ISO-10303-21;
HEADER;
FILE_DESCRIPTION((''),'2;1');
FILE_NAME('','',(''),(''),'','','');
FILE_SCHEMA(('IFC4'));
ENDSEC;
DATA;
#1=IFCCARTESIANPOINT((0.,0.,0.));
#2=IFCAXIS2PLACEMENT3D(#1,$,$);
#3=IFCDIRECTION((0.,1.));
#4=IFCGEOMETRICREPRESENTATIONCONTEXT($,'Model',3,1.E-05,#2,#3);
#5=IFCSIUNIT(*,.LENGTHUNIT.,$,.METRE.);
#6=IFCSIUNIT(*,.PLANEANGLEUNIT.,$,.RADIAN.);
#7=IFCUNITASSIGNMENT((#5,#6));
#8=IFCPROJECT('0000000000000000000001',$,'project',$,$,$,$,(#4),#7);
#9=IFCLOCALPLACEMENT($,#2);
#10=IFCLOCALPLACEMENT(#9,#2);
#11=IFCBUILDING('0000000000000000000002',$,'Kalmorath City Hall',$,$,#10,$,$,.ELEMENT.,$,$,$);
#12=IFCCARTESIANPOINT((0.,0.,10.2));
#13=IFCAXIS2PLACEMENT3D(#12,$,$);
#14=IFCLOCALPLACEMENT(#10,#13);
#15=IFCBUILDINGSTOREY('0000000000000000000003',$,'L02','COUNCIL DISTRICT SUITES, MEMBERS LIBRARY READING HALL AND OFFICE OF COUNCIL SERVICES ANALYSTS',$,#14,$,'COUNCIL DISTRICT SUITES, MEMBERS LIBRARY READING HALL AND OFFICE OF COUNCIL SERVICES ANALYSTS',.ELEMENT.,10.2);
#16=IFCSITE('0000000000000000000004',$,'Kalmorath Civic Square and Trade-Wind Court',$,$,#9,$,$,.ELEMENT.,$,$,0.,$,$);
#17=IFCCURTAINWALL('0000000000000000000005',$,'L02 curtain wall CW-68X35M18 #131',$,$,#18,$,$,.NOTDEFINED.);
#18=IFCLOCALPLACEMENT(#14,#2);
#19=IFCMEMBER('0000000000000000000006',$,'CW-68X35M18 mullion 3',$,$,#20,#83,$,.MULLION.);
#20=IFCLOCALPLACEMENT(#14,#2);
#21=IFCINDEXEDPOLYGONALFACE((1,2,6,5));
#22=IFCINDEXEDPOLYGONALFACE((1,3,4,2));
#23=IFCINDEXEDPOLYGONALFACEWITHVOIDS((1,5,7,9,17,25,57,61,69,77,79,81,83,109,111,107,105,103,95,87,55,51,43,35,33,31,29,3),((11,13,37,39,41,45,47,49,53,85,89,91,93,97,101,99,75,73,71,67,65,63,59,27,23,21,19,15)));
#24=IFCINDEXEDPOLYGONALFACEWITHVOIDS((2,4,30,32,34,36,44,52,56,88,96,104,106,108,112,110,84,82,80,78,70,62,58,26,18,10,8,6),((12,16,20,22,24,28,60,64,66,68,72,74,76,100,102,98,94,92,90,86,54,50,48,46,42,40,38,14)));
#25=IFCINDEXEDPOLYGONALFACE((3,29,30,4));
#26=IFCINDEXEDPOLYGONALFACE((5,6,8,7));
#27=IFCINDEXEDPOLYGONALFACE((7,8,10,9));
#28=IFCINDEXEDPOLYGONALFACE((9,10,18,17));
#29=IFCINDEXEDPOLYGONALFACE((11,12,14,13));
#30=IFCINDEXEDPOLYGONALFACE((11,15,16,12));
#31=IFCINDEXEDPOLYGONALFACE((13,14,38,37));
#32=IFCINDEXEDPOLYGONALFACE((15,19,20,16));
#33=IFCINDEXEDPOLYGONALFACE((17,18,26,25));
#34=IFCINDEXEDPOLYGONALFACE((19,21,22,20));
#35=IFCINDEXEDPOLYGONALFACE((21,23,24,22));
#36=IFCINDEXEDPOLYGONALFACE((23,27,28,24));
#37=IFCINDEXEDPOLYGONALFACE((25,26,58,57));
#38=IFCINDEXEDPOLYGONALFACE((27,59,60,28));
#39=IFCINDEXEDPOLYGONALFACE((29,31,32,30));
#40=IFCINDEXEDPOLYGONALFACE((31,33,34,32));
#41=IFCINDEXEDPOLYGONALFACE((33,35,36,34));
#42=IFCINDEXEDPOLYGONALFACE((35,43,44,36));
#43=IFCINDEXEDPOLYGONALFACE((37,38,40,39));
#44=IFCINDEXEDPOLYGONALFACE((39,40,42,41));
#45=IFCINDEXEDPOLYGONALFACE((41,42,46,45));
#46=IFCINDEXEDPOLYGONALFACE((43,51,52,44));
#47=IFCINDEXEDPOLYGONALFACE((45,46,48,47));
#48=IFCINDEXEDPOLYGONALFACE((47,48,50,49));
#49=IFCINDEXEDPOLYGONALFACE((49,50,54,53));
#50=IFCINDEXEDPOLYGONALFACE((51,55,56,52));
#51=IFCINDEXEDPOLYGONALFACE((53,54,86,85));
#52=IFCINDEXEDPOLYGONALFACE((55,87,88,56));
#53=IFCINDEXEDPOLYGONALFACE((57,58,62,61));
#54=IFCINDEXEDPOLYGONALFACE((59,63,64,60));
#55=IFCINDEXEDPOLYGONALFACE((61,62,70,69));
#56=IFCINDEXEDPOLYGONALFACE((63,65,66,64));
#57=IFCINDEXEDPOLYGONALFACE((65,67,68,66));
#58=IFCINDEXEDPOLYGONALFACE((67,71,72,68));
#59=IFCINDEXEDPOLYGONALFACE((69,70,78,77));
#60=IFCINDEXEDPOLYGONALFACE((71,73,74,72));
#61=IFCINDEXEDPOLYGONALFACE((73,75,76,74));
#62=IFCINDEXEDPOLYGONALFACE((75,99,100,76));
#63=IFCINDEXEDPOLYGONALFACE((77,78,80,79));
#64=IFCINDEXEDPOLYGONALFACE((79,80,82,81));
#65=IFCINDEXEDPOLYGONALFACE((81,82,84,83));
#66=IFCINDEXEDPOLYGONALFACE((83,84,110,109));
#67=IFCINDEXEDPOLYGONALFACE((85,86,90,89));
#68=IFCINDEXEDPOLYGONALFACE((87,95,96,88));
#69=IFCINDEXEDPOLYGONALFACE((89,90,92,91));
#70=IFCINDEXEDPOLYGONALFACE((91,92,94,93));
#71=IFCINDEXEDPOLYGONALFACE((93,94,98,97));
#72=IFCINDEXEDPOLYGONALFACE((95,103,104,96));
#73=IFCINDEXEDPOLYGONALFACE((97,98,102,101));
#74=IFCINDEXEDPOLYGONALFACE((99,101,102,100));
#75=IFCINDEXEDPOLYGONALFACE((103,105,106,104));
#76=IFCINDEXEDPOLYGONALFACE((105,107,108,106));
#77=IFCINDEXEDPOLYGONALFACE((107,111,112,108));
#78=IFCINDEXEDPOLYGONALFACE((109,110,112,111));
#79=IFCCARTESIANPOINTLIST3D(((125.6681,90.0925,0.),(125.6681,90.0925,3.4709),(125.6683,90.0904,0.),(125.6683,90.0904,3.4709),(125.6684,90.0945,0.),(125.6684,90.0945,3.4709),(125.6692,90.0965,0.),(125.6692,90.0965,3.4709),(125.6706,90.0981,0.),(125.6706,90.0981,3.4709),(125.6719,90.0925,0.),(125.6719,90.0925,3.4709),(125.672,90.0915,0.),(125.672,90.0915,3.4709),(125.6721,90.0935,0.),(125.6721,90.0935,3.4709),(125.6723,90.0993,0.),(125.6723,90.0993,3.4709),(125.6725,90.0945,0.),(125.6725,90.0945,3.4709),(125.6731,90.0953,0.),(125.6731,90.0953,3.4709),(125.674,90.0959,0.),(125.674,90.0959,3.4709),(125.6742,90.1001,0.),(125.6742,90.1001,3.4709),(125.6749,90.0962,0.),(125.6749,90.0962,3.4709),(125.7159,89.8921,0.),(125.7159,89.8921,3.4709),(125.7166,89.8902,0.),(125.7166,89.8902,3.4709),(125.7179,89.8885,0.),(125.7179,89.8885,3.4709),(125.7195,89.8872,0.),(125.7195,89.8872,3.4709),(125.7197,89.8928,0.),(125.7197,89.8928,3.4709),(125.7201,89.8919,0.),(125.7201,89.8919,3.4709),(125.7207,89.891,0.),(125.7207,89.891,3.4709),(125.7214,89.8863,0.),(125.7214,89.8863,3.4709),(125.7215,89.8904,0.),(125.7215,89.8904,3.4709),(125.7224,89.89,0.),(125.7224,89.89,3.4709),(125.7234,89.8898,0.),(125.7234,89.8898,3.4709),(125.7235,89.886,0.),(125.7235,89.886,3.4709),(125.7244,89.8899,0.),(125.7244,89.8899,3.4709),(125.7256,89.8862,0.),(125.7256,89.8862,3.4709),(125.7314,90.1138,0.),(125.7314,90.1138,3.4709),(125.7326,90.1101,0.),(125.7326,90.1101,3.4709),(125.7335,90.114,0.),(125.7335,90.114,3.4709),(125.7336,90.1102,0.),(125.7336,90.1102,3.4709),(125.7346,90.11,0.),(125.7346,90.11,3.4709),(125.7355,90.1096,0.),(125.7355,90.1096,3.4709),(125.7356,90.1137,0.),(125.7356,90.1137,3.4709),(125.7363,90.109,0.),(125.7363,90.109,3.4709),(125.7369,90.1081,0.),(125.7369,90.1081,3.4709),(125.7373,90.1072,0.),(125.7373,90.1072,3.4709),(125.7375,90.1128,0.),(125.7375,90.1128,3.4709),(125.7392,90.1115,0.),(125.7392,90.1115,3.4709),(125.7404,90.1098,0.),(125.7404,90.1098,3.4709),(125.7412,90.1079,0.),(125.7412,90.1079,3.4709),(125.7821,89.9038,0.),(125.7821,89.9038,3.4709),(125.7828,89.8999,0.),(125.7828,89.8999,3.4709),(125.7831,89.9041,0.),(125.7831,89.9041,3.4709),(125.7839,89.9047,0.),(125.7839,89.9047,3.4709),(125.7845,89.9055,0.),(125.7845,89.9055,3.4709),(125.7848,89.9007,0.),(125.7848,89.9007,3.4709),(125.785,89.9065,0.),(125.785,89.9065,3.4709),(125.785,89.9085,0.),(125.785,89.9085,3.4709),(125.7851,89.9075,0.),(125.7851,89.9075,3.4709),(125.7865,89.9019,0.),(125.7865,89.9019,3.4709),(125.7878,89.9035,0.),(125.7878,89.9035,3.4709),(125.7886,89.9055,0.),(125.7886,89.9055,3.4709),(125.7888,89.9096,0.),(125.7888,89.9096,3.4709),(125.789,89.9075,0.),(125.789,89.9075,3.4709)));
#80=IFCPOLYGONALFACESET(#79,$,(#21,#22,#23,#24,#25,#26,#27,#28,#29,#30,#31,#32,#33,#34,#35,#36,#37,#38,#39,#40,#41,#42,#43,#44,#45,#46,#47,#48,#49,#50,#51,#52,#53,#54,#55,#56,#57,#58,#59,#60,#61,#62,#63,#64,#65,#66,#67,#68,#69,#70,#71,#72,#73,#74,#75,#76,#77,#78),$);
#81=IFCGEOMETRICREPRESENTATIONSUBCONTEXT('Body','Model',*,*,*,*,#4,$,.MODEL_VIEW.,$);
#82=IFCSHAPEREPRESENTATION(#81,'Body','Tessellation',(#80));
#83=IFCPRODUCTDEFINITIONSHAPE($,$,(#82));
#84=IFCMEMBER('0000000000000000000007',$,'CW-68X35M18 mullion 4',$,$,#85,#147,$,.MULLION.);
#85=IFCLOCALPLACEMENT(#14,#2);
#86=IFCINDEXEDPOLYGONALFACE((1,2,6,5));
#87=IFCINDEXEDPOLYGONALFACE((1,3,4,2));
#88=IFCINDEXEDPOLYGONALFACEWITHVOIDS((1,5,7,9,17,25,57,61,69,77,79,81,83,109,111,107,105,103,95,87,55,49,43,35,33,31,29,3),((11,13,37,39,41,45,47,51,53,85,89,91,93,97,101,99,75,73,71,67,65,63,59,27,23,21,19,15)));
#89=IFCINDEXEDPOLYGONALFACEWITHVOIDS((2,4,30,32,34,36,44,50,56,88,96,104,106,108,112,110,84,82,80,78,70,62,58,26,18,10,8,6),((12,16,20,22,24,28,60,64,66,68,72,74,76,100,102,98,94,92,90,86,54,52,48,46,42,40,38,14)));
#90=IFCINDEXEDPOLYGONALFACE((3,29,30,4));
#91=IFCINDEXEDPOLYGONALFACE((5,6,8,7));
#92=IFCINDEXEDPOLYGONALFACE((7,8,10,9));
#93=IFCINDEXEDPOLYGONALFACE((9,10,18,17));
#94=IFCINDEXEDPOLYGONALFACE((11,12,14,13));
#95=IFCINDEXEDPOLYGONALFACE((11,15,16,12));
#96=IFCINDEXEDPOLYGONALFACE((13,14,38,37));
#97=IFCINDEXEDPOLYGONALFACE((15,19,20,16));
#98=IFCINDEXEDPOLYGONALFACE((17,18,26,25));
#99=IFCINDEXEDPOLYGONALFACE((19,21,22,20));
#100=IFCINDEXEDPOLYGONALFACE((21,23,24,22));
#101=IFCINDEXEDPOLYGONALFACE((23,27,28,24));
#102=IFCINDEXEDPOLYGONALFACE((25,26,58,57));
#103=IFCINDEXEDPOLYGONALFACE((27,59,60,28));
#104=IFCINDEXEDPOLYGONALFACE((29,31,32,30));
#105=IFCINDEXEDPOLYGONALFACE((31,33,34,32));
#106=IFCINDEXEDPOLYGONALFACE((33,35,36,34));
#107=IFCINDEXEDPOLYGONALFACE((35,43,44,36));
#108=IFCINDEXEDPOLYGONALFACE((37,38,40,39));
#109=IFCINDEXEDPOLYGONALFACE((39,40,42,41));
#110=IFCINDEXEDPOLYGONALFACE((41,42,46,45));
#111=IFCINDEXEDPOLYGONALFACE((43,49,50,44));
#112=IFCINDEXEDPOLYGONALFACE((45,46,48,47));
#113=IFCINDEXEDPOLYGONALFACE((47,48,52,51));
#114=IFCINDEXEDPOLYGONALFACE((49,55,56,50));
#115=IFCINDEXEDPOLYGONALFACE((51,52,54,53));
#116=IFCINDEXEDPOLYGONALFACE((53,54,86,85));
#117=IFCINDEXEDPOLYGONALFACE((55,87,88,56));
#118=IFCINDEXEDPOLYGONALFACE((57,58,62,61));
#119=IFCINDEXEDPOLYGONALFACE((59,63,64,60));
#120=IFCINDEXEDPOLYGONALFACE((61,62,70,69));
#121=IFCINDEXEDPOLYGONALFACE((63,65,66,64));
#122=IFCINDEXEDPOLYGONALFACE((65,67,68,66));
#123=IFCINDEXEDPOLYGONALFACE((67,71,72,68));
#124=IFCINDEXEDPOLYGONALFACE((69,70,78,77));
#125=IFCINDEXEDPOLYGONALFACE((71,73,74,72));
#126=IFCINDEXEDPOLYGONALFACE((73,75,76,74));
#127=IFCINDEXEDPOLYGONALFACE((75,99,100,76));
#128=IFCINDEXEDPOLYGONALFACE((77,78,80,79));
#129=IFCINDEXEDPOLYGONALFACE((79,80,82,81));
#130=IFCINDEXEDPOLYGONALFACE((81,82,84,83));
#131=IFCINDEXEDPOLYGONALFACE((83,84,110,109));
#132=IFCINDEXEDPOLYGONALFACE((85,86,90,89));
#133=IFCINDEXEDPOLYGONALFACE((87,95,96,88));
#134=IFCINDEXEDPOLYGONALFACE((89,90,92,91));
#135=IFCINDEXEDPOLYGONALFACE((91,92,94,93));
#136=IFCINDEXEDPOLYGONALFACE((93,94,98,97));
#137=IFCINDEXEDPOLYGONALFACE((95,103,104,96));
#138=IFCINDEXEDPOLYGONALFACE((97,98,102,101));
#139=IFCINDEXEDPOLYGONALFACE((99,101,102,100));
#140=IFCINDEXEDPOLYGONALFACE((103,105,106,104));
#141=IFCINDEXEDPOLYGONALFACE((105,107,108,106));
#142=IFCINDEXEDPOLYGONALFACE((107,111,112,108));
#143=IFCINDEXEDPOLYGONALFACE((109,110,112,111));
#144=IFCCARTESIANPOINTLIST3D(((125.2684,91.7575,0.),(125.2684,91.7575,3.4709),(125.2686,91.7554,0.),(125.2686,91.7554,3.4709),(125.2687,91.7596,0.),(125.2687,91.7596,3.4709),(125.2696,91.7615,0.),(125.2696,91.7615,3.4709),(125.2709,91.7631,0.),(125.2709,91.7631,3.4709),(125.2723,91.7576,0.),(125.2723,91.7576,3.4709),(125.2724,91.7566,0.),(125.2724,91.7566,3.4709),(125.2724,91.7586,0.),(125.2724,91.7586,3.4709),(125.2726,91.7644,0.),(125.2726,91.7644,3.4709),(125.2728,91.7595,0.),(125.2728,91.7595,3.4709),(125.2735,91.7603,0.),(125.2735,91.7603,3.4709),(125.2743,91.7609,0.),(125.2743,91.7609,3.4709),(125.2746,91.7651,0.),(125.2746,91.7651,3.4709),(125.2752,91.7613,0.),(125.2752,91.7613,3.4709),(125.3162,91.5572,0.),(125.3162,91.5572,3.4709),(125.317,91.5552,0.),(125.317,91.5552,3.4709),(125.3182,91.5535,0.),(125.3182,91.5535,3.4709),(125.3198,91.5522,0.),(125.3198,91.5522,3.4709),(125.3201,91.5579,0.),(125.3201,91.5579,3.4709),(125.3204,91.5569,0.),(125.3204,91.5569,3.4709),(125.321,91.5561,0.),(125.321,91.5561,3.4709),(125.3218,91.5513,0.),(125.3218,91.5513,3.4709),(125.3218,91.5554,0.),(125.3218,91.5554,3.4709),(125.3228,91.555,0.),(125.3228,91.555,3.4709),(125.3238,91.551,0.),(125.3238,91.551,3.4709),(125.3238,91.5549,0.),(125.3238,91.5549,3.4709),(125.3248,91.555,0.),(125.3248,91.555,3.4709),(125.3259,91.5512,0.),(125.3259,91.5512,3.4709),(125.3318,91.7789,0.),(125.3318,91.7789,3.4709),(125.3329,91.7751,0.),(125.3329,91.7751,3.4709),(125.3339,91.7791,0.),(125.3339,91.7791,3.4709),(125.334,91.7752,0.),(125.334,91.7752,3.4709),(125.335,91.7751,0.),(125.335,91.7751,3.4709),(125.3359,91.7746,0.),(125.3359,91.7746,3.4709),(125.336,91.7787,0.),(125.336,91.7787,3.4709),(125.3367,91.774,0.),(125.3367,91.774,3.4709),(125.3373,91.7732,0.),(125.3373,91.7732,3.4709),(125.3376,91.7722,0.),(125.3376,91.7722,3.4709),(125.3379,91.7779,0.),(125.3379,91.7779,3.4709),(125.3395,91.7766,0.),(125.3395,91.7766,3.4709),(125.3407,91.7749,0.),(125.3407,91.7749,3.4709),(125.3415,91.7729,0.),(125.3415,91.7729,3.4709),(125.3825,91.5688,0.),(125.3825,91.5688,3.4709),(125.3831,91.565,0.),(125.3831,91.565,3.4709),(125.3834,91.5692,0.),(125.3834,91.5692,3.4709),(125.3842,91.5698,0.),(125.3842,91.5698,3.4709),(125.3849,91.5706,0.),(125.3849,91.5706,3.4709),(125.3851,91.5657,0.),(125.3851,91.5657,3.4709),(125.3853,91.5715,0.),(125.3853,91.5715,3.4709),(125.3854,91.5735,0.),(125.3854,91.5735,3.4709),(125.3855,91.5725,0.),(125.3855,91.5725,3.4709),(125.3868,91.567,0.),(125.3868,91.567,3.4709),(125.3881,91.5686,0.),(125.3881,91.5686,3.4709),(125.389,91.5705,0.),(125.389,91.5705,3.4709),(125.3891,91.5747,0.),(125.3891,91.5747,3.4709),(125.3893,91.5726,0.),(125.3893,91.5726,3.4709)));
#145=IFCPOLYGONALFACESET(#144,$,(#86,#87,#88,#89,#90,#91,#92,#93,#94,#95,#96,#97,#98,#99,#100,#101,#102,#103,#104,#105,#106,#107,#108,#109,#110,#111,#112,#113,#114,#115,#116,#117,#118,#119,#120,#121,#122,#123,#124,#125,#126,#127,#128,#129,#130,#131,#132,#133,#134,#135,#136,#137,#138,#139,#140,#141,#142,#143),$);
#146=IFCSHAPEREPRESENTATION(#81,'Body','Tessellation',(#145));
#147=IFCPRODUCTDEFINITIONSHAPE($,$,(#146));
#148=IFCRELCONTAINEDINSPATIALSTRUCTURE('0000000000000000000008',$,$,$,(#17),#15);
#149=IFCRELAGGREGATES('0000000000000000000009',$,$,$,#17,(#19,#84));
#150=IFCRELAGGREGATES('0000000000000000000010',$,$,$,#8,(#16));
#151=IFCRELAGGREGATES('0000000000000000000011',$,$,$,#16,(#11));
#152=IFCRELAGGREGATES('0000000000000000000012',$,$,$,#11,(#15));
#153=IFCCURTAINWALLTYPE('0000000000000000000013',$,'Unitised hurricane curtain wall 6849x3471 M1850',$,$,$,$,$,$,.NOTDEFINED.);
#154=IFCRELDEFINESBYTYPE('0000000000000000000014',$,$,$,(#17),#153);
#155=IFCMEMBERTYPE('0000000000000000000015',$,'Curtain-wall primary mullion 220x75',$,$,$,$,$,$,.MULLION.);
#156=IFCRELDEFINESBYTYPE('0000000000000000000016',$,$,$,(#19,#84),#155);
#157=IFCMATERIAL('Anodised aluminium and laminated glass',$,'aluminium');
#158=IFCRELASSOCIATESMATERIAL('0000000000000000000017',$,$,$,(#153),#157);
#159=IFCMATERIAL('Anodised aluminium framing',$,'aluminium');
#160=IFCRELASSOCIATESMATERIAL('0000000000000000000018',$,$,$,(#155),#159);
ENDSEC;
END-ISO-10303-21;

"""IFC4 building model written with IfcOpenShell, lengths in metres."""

from ifc_helpers import new_model, si_unit, direction, frame, origin, origin_2d, place, context, subcontext, project, spatial, hollow_rectangle, extrude, material, material_profile, profile_set, type_object, element, aggregate, save


model = new_model("IFC4")

# Units and contexts
model_context = context("Model", 3, precision=1e-05, world=origin(), true_north=direction((0.0, 1.0)))
body_context = subcontext(model_context, "Body", "Model", "MODEL_VIEW")
ifc_project = project(units=[si_unit("LENGTHUNIT", "METRE"), si_unit("PLANEANGLEUNIT", "RADIAN")], contexts=[model_context])

# Site, building, storey
site_placement = place(None, origin())
site = spatial("IfcSite", under=ifc_project, at=site_placement, Name="Kalmorath Civic Square and Trade-Wind Court", CompositionType="ELEMENT", RefElevation=0.0)
building_placement = place(site_placement, origin())
building = spatial("IfcBuilding", under=site, at=building_placement, Name="Kalmorath City Hall", CompositionType="ELEMENT")
storey_placement = place(building_placement, frame((0.0, 0.0, 10.2)))
storey = spatial("IfcBuildingStorey", under=building, at=storey_placement, Name="L02", Description="COUNCIL DISTRICT SUITES, MEMBERS LIBRARY READING HALL AND OFFICE OF COUNCIL SERVICES ANALYSTS", LongName="COUNCIL DISTRICT SUITES, MEMBERS LIBRARY READING HALL AND OFFICE OF COUNCIL SERVICES ANALYSTS", CompositionType="ELEMENT", Elevation=10.2)

# Curtain wall
ifc_material_1 = material(Name="Anodised aluminium and laminated glass", Category="aluminium")
curtain_wall_type_1 = type_object("IfcCurtainWallType", Name="Unitised hurricane curtain wall 6849x3471 M1850", PredefinedType="NOTDEFINED", material=ifc_material_1)
curtain_wall_1_placement = place(storey_placement, origin())
curtain_wall_1 = element("IfcCurtainWall", 1, at=curtain_wall_1_placement, inside=storey, type_object=curtain_wall_type_1, Name="L02 curtain wall CW-68X35M18 #131", PredefinedType="NOTDEFINED")

# Members
ifc_material_2 = material(Name="Anodised aluminium framing", Category="aluminium")
ifc_material_profile_1 = material_profile(ifc_material_2, hollow_rectangle(XDim=0.075, YDim=0.22, WallThickness=0.0039, InnerFilletRadius=0.0039, OuterFilletRadius=0.0081, at=origin_2d()), Name="ALU-MUL-220X75X4")
ifc_profile_set_1 = profile_set([ifc_material_profile_1], Name="Anodised aluminium framing")
member_type_1 = type_object("IfcMemberType", Name="Curtain-wall primary mullion 220x75", PredefinedType="MULLION", material=ifc_profile_set_1)
member_1_placement = place(storey_placement, frame((125.7285, 90.0, 0.0), z_axis=(0.0, 0.0, 1.0), x_axis=(-0.972367, -0.233456, 0.0)))
member_1 = element("IfcMember", 2, at=member_1_placement, type_object=member_type_1, Name="CW-68X35M18 mullion 3", PredefinedType="MULLION", context=body_context, shape_type="SweptSolid", body=[
    extrude(hollow_rectangle(XDim=0.075, YDim=0.22, WallThickness=0.0039, InnerFilletRadius=0.0039, OuterFilletRadius=0.0081, at=origin_2d()), origin(), (0.0, 0.0, 1.0), 3.4709),
])
member_2_placement = place(storey_placement, frame((125.3289, 91.665, 0.0), z_axis=(0.0, 0.0, 1.0), x_axis=(-0.972367, -0.233456, 0.0)))
member_2 = element("IfcMember", 3, at=member_2_placement, type_object=member_type_1, Name="CW-68X35M18 mullion 4", PredefinedType="MULLION", context=body_context, shape_type="SweptSolid", body=[
    extrude(hollow_rectangle(XDim=0.075, YDim=0.22, WallThickness=0.0039, InnerFilletRadius=0.0039, OuterFilletRadius=0.0081, at=origin_2d()), origin(), (0.0, 0.0, 1.0), 3.4709),
])

aggregate(curtain_wall_1, [member_1, member_2])

save(model, "model.ifc")
